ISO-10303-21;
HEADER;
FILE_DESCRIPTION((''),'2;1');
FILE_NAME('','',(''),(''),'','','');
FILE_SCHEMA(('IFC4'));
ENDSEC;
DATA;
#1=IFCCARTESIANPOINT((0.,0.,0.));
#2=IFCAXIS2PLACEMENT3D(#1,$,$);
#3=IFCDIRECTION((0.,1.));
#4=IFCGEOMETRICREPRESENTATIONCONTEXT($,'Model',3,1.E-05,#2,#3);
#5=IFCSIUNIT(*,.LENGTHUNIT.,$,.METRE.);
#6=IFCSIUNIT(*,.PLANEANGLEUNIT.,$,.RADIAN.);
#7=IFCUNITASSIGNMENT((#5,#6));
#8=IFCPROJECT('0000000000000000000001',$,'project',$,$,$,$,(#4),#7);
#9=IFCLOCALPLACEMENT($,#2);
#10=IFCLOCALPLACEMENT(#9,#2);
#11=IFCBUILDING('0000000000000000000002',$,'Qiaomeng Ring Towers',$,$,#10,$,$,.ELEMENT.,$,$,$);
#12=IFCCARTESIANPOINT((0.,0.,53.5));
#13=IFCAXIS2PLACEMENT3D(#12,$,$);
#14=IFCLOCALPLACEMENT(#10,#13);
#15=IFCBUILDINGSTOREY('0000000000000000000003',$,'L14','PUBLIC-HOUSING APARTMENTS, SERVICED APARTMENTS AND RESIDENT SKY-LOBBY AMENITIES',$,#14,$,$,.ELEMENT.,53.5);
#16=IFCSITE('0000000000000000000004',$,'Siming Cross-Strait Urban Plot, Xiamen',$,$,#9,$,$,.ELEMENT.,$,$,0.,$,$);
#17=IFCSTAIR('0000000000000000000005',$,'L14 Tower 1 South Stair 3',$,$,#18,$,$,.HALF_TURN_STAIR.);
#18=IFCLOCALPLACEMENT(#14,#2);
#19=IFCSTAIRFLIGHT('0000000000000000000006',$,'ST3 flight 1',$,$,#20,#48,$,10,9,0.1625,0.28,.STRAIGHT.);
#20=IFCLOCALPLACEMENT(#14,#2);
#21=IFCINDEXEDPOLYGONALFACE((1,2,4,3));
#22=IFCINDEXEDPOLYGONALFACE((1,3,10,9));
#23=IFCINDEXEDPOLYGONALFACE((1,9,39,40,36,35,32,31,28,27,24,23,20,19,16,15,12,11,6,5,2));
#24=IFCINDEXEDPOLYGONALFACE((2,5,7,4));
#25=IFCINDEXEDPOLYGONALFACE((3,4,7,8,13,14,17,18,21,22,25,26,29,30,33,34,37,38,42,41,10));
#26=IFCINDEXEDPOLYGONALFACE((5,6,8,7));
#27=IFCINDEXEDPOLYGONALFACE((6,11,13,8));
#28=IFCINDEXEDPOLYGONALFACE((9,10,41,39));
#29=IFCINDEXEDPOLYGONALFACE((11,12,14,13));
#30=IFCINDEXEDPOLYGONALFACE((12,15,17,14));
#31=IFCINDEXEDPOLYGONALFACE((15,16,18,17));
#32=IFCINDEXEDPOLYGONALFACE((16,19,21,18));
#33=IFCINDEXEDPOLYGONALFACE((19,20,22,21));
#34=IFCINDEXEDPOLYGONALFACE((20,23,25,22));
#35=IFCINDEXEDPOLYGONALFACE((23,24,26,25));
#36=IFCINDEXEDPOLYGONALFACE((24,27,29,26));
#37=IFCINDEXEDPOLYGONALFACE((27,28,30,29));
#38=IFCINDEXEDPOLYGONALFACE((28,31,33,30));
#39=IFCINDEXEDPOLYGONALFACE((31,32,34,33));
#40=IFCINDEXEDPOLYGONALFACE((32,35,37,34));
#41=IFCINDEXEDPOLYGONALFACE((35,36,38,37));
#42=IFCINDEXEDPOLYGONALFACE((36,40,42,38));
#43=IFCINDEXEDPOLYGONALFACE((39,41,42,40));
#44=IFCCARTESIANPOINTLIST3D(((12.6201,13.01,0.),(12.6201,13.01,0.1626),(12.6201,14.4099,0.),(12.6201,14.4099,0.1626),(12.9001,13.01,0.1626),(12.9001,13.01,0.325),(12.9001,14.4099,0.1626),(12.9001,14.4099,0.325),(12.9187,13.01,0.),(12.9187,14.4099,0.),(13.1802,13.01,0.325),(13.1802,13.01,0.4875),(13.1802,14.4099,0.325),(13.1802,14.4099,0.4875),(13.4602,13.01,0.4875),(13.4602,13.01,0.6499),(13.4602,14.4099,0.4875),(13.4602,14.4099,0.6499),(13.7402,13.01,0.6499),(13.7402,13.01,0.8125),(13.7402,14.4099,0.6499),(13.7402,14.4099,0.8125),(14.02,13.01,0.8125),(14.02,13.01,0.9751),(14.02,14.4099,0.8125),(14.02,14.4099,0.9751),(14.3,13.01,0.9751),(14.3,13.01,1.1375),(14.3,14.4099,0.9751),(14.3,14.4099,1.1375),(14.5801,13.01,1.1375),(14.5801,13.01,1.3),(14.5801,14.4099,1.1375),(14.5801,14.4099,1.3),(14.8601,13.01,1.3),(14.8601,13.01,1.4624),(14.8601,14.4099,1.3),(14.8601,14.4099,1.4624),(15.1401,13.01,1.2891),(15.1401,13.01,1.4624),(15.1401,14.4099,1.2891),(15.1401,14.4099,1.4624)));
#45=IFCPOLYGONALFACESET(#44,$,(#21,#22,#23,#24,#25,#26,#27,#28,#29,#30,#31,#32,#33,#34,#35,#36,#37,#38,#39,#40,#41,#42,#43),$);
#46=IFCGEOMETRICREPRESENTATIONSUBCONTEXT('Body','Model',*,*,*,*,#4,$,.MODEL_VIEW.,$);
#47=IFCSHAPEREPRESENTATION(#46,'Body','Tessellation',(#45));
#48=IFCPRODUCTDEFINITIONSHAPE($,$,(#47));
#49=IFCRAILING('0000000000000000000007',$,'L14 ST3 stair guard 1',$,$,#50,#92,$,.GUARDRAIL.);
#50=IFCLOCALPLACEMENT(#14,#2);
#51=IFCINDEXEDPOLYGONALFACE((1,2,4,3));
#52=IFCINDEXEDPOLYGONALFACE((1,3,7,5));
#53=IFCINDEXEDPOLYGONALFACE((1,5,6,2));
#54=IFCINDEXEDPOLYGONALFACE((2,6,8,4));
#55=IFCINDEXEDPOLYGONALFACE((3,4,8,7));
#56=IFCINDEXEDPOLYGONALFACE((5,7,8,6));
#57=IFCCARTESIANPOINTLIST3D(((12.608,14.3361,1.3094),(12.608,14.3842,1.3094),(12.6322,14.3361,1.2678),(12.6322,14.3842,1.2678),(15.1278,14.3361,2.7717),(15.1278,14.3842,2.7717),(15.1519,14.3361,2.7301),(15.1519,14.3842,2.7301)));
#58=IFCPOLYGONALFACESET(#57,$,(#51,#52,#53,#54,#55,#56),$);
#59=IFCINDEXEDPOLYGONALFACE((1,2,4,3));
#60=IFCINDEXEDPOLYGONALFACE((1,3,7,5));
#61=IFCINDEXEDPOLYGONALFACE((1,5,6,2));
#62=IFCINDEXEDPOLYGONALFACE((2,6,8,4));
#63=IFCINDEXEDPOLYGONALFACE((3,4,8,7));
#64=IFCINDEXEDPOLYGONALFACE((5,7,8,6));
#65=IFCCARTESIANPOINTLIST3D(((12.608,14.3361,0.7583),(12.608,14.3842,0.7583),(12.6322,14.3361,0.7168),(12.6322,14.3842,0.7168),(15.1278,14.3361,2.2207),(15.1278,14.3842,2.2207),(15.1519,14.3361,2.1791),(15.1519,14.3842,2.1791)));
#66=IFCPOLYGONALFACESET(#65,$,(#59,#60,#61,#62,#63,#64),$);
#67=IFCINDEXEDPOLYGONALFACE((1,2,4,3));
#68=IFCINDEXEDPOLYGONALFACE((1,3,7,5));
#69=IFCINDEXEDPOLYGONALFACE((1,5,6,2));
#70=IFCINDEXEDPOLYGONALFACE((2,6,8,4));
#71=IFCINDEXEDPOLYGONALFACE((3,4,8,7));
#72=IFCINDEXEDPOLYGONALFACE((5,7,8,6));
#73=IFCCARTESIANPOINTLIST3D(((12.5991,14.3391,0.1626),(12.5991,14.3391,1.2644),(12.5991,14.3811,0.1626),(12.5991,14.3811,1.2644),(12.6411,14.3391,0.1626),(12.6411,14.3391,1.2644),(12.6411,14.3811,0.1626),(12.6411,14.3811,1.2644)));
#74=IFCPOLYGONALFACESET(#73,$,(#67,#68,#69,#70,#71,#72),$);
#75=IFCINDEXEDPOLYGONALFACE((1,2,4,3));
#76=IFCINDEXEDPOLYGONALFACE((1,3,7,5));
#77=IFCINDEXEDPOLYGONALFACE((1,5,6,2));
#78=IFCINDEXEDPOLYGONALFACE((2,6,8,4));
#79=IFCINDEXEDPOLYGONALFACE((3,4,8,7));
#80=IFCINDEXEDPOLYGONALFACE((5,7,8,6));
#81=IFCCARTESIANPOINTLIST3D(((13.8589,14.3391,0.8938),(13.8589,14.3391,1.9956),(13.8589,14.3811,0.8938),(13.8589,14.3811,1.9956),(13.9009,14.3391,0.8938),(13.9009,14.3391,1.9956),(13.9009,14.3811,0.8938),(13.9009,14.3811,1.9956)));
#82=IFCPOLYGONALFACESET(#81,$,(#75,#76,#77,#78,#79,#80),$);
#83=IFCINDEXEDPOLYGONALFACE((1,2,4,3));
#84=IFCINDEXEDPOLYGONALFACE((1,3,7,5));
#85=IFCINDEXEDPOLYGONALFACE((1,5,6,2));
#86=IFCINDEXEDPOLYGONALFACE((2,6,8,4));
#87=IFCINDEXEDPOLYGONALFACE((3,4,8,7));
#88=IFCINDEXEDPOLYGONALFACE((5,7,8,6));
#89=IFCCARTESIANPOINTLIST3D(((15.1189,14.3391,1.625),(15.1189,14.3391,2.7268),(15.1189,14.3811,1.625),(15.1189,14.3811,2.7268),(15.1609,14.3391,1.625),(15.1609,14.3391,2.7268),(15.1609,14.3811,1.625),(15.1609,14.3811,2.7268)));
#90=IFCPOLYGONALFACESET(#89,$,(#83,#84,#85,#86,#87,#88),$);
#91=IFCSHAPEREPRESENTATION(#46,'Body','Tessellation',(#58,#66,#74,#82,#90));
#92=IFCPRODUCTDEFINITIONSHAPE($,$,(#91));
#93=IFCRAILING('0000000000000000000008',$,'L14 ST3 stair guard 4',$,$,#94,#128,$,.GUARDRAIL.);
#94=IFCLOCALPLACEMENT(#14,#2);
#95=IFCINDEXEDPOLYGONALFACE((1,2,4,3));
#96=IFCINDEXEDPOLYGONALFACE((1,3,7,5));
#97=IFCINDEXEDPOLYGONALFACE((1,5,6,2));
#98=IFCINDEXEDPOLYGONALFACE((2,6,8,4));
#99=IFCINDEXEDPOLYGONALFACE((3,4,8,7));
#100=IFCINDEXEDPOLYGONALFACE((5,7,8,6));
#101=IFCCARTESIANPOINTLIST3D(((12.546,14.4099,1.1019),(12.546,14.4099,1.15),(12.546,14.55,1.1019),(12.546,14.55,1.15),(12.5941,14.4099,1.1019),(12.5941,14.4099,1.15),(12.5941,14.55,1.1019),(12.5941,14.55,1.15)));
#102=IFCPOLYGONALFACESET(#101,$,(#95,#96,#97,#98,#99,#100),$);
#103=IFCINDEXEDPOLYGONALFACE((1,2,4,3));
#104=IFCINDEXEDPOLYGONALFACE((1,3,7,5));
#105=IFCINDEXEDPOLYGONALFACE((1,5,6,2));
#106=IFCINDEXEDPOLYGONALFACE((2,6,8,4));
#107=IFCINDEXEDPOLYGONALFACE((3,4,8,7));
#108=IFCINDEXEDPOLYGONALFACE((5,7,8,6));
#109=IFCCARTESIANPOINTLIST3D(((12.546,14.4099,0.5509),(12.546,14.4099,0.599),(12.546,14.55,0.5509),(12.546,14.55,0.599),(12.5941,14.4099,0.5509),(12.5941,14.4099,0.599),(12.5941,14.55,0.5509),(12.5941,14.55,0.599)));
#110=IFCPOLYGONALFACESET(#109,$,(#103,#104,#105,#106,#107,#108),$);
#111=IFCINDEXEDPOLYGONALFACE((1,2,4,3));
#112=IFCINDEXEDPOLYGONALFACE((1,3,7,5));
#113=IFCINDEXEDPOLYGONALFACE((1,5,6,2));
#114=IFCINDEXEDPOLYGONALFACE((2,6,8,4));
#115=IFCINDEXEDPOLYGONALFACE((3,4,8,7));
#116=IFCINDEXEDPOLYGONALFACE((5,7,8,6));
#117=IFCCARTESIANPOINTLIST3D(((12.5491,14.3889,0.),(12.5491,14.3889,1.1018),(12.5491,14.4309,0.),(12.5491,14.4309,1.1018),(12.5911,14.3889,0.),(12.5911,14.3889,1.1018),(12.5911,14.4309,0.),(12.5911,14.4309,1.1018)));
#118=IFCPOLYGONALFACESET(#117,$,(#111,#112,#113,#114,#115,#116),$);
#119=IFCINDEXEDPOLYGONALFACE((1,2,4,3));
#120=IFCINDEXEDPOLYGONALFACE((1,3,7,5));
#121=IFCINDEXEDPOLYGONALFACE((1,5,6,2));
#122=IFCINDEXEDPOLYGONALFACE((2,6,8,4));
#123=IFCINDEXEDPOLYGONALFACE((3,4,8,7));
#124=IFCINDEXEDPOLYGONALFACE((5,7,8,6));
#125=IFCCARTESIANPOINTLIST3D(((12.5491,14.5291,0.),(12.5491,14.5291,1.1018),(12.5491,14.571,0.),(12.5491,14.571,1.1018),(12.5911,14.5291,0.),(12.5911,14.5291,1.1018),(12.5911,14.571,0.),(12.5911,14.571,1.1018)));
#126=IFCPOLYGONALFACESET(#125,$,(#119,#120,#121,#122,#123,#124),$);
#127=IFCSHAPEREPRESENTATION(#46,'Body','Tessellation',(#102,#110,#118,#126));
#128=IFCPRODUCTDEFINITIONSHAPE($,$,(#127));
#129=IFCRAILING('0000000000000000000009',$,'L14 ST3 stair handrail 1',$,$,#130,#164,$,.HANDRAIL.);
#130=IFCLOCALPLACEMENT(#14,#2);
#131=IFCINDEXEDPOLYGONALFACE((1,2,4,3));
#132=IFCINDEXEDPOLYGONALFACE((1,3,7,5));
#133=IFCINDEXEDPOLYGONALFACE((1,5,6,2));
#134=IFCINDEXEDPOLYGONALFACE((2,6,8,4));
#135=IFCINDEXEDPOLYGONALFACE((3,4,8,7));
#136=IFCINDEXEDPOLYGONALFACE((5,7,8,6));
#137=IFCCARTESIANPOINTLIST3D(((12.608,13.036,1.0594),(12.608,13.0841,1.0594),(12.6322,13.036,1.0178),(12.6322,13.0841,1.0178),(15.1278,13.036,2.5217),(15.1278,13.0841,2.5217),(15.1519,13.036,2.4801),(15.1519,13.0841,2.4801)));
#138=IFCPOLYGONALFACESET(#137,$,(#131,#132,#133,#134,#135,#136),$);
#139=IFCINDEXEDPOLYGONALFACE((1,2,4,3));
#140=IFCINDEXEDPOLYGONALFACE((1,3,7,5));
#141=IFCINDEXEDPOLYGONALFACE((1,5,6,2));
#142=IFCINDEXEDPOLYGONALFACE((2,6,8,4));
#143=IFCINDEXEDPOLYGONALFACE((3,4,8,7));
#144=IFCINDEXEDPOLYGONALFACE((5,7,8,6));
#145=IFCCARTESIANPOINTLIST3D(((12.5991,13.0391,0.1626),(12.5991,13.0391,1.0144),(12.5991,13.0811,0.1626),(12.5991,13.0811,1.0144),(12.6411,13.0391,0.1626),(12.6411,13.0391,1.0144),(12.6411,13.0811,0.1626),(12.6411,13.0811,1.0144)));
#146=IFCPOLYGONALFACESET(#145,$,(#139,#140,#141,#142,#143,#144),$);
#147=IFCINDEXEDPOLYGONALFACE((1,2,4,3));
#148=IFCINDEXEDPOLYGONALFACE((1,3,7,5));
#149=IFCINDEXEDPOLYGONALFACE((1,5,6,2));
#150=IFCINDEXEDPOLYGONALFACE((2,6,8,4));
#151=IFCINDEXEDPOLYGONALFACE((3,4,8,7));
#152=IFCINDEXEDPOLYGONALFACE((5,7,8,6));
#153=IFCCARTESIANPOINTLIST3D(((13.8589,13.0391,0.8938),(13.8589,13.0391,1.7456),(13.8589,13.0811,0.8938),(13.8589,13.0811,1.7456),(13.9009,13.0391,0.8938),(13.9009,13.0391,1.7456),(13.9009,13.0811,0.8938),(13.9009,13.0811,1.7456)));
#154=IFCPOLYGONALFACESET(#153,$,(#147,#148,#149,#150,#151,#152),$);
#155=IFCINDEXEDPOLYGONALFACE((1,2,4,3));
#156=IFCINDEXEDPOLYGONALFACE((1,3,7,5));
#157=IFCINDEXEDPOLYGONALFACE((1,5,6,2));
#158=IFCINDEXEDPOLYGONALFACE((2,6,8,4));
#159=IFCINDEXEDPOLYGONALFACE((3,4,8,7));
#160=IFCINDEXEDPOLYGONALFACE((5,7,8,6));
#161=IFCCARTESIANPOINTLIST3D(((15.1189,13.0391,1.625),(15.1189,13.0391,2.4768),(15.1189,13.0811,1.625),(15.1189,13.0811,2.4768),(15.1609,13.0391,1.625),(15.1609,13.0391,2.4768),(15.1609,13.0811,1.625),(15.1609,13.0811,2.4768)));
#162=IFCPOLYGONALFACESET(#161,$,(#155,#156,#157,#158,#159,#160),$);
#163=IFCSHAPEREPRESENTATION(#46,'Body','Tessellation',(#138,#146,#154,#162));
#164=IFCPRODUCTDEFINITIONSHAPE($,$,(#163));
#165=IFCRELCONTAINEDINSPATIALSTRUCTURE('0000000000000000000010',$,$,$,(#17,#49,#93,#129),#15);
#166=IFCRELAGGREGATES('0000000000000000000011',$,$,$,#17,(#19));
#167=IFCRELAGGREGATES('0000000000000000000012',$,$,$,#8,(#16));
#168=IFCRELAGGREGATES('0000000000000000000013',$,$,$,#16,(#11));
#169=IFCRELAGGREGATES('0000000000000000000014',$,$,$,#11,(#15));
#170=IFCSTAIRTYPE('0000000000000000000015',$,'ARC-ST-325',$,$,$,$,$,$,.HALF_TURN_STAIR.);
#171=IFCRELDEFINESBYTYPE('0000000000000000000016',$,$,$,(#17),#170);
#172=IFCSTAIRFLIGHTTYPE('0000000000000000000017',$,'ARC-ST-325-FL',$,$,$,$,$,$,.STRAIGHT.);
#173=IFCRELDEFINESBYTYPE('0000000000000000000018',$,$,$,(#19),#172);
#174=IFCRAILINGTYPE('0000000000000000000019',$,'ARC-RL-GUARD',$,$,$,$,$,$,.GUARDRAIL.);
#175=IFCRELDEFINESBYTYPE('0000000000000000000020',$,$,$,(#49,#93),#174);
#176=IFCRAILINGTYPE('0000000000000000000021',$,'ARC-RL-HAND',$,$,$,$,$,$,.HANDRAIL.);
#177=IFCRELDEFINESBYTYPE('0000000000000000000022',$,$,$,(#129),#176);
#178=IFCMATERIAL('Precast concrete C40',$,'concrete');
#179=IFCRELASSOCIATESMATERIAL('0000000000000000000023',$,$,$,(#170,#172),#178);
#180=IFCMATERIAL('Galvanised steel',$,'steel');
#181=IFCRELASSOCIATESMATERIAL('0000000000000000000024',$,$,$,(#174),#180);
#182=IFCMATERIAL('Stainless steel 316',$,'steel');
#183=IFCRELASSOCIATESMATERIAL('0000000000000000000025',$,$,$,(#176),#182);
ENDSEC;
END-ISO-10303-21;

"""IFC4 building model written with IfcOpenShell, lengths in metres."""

from ifc_helpers import new_model, si_unit, direction, frame, origin, origin_2d, place, context, subcontext, project, spatial, polyline, rectangle, outline, extrude, source, transform, mapped, material, type_object, element, aggregate, save


model = new_model("IFC4")

# Units and contexts
model_context = context("Model", 3, precision=1e-05, world=origin(), true_north=direction((0.0, 1.0)))
body_context = subcontext(model_context, "Body", "Model", "MODEL_VIEW")
ifc_project = project(units=[si_unit("LENGTHUNIT", "METRE"), si_unit("PLANEANGLEUNIT", "RADIAN")], contexts=[model_context])

# Site, building, storey
site_placement = place(None, origin())
site = spatial("IfcSite", under=ifc_project, at=site_placement, Name="Siming Cross-Strait Urban Plot, Xiamen", CompositionType="ELEMENT", RefElevation=0.0)
building_placement = place(site_placement, origin())
building = spatial("IfcBuilding", under=site, at=building_placement, Name="Qiaomeng Ring Towers", CompositionType="ELEMENT")
storey_placement = place(building_placement, frame((0.0, 0.0, 53.5)))
storey = spatial("IfcBuildingStorey", under=building, at=storey_placement, Name="L14", Description="PUBLIC-HOUSING APARTMENTS, SERVICED APARTMENTS AND RESIDENT SKY-LOBBY AMENITIES", CompositionType="ELEMENT", Elevation=53.5)

# Shared definitions
ifc_material_1 = material(Name="Galvanised steel", Category="steel")

# Shared definitions
ifc_material_2 = material(Name="Stainless steel 316", Category="steel")

# Stair, stair flight
ifc_material_3 = material(Name="Precast concrete C40", Category="concrete")
stair_type = type_object("IfcStairType", Name="ARC-ST-325", PredefinedType="HALF_TURN_STAIR", material=ifc_material_3)
stair_placement = place(storey_placement, origin())
stair = element("IfcStair", 1, at=stair_placement, inside=storey, type_object=stair_type, Name="L14 Tower 1 South Stair 3", PredefinedType="HALF_TURN_STAIR")
stair_flight_type = type_object("IfcStairFlightType", Name="ARC-ST-325-FL", PredefinedType="STRAIGHT", material=ifc_material_3)
shared_shape_1 = source(origin(), body_context, "Body", "SweptSolid", [
    extrude(outline(polyline([(0.0, 0.0), (0.0, 0.1626), (0.28, 0.1626), (0.28, 0.325), (0.5601, 0.325), (0.5601, 0.4875), (0.8401, 0.4875), (0.8401, 0.6499), (1.1201, 0.6499), (1.1201, 0.8125), (1.3999, 0.8125), (1.3999, 0.9751), (1.6799, 0.9751), (1.6799, 1.1375), (1.96, 1.1375), (1.96, 1.3), (2.24, 1.3), (2.24, 1.4624), (2.52, 1.4624), (2.52, 1.625), (2.52, 1.2891), (0.2986, 0.0), (0.0, 0.0)])), frame((0.0, 0.7, 0.0), z_axis=(0.0, -1.0, 0.0), x_axis=(1.0, 0.0, 0.0)), (0.0, 0.0, 1.0), 1.3999),
])
stair_flight_placement = place(storey_placement, frame((12.6201, 13.71, 0.0), z_axis=(0.0, 0.0, 1.0), x_axis=(1.0, 0.0, 0.0)))
stair_flight = element("IfcStairFlight", 2, at=stair_flight_placement, type_object=stair_flight_type, Name="ST3 flight 1", NumberOfRisers=10, NumberOfTreads=9, PredefinedType="STRAIGHT", RiserHeight=0.1625, TreadLength=0.28, context=body_context, shape_type="MappedRepresentation", body=[
    mapped(shared_shape_1, transform((0.0, 0.0, 0.0), x_axis=(1.0, 0.0, 0.0), y_axis=(0.0, 1.0, 0.0), z_axis=(0.0, 0.0, 1.0), scale=1.0)),
])
aggregate(stair, [stair_flight])

# Railings
railing_type_1 = type_object("IfcRailingType", Name="ARC-RL-GUARD", PredefinedType="GUARDRAIL", material=ifc_material_1)
railing_1_placement = place(storey_placement, frame((12.6201, 14.3601, 0.1626)))
element("IfcRailing", 3, at=railing_1_placement, inside=storey, type_object=railing_type_1, Name="L14 ST3 stair guard 1", PredefinedType="GUARDRAIL", context=body_context, shape_type="SweptSolid", body=[
    extrude(rectangle(XDim=0.0481, YDim=0.0481, at=origin_2d()), frame((0.0, 0.0, 1.126), z_axis=(0.864892, 0.0, 0.501958), x_axis=(0.0, 1.0, 0.0)), (0.0, 0.0, 1.0), 2.9133),
    extrude(rectangle(XDim=0.0481, YDim=0.0481, at=origin_2d()), frame((0.0, 0.0, 0.575), z_axis=(0.864892, 0.0, 0.501958), x_axis=(0.0, 1.0, 0.0)), (0.0, 0.0, 1.0), 2.9133),
    extrude(rectangle(XDim=0.042, YDim=0.042, at=origin_2d()), origin(), (0.0, 0.0, 1.0), 1.1018),
    extrude(rectangle(XDim=0.042, YDim=0.042, at=origin_2d()), frame((1.2598, 0.0, 0.7312)), (0.0, 0.0, 1.0), 1.1018),
    extrude(rectangle(XDim=0.042, YDim=0.042, at=origin_2d()), frame((2.5198, 0.0, 1.4624)), (0.0, 0.0, 1.0), 1.1018),
])
railing_2_placement = place(storey_placement, frame((12.5701, 14.4099, 0.0)))
element("IfcRailing", 4, at=railing_2_placement, inside=storey, type_object=railing_type_1, Name="L14 ST3 stair guard 4", PredefinedType="GUARDRAIL", context=body_context, shape_type="SweptSolid", body=[
    extrude(rectangle(XDim=0.0481, YDim=0.0481, at=origin_2d()), frame((0.0, 0.0, 1.126), z_axis=(0.0, 1.0, 0.0), x_axis=(-1.0, 0.0, 0.0)), (0.0, 0.0, 1.0), 0.1401),
    extrude(rectangle(XDim=0.0481, YDim=0.0481, at=origin_2d()), frame((0.0, 0.0, 0.575), z_axis=(0.0, 1.0, 0.0), x_axis=(-1.0, 0.0, 0.0)), (0.0, 0.0, 1.0), 0.1401),
    extrude(rectangle(XDim=0.042, YDim=0.042, at=origin_2d()), origin(), (0.0, 0.0, 1.0), 1.1018),
    extrude(rectangle(XDim=0.042, YDim=0.042, at=origin_2d()), frame((0.0, 0.1401, 0.0)), (0.0, 0.0, 1.0), 1.1018),
])
railing_type_2 = type_object("IfcRailingType", Name="ARC-RL-HAND", PredefinedType="HANDRAIL", material=ifc_material_2)
railing_3_placement = place(storey_placement, frame((12.6201, 13.0601, 0.1626)))
element("IfcRailing", 5, at=railing_3_placement, inside=storey, type_object=railing_type_2, Name="L14 ST3 stair handrail 1", PredefinedType="HANDRAIL", context=body_context, shape_type="SweptSolid", body=[
    extrude(rectangle(XDim=0.0481, YDim=0.0481, at=origin_2d()), frame((0.0, 0.0, 0.876), z_axis=(0.864892, 0.0, 0.501958), x_axis=(0.0, 1.0, 0.0)), (0.0, 0.0, 1.0), 2.9133),
    extrude(rectangle(XDim=0.042, YDim=0.042, at=origin_2d()), origin(), (0.0, 0.0, 1.0), 0.8518),
    extrude(rectangle(XDim=0.042, YDim=0.042, at=origin_2d()), frame((1.2598, 0.0, 0.7312)), (0.0, 0.0, 1.0), 0.8518),
    extrude(rectangle(XDim=0.042, YDim=0.042, at=origin_2d()), frame((2.5198, 0.0, 1.4624)), (0.0, 0.0, 1.0), 0.8518),
])

save(model, "model.ifc")
